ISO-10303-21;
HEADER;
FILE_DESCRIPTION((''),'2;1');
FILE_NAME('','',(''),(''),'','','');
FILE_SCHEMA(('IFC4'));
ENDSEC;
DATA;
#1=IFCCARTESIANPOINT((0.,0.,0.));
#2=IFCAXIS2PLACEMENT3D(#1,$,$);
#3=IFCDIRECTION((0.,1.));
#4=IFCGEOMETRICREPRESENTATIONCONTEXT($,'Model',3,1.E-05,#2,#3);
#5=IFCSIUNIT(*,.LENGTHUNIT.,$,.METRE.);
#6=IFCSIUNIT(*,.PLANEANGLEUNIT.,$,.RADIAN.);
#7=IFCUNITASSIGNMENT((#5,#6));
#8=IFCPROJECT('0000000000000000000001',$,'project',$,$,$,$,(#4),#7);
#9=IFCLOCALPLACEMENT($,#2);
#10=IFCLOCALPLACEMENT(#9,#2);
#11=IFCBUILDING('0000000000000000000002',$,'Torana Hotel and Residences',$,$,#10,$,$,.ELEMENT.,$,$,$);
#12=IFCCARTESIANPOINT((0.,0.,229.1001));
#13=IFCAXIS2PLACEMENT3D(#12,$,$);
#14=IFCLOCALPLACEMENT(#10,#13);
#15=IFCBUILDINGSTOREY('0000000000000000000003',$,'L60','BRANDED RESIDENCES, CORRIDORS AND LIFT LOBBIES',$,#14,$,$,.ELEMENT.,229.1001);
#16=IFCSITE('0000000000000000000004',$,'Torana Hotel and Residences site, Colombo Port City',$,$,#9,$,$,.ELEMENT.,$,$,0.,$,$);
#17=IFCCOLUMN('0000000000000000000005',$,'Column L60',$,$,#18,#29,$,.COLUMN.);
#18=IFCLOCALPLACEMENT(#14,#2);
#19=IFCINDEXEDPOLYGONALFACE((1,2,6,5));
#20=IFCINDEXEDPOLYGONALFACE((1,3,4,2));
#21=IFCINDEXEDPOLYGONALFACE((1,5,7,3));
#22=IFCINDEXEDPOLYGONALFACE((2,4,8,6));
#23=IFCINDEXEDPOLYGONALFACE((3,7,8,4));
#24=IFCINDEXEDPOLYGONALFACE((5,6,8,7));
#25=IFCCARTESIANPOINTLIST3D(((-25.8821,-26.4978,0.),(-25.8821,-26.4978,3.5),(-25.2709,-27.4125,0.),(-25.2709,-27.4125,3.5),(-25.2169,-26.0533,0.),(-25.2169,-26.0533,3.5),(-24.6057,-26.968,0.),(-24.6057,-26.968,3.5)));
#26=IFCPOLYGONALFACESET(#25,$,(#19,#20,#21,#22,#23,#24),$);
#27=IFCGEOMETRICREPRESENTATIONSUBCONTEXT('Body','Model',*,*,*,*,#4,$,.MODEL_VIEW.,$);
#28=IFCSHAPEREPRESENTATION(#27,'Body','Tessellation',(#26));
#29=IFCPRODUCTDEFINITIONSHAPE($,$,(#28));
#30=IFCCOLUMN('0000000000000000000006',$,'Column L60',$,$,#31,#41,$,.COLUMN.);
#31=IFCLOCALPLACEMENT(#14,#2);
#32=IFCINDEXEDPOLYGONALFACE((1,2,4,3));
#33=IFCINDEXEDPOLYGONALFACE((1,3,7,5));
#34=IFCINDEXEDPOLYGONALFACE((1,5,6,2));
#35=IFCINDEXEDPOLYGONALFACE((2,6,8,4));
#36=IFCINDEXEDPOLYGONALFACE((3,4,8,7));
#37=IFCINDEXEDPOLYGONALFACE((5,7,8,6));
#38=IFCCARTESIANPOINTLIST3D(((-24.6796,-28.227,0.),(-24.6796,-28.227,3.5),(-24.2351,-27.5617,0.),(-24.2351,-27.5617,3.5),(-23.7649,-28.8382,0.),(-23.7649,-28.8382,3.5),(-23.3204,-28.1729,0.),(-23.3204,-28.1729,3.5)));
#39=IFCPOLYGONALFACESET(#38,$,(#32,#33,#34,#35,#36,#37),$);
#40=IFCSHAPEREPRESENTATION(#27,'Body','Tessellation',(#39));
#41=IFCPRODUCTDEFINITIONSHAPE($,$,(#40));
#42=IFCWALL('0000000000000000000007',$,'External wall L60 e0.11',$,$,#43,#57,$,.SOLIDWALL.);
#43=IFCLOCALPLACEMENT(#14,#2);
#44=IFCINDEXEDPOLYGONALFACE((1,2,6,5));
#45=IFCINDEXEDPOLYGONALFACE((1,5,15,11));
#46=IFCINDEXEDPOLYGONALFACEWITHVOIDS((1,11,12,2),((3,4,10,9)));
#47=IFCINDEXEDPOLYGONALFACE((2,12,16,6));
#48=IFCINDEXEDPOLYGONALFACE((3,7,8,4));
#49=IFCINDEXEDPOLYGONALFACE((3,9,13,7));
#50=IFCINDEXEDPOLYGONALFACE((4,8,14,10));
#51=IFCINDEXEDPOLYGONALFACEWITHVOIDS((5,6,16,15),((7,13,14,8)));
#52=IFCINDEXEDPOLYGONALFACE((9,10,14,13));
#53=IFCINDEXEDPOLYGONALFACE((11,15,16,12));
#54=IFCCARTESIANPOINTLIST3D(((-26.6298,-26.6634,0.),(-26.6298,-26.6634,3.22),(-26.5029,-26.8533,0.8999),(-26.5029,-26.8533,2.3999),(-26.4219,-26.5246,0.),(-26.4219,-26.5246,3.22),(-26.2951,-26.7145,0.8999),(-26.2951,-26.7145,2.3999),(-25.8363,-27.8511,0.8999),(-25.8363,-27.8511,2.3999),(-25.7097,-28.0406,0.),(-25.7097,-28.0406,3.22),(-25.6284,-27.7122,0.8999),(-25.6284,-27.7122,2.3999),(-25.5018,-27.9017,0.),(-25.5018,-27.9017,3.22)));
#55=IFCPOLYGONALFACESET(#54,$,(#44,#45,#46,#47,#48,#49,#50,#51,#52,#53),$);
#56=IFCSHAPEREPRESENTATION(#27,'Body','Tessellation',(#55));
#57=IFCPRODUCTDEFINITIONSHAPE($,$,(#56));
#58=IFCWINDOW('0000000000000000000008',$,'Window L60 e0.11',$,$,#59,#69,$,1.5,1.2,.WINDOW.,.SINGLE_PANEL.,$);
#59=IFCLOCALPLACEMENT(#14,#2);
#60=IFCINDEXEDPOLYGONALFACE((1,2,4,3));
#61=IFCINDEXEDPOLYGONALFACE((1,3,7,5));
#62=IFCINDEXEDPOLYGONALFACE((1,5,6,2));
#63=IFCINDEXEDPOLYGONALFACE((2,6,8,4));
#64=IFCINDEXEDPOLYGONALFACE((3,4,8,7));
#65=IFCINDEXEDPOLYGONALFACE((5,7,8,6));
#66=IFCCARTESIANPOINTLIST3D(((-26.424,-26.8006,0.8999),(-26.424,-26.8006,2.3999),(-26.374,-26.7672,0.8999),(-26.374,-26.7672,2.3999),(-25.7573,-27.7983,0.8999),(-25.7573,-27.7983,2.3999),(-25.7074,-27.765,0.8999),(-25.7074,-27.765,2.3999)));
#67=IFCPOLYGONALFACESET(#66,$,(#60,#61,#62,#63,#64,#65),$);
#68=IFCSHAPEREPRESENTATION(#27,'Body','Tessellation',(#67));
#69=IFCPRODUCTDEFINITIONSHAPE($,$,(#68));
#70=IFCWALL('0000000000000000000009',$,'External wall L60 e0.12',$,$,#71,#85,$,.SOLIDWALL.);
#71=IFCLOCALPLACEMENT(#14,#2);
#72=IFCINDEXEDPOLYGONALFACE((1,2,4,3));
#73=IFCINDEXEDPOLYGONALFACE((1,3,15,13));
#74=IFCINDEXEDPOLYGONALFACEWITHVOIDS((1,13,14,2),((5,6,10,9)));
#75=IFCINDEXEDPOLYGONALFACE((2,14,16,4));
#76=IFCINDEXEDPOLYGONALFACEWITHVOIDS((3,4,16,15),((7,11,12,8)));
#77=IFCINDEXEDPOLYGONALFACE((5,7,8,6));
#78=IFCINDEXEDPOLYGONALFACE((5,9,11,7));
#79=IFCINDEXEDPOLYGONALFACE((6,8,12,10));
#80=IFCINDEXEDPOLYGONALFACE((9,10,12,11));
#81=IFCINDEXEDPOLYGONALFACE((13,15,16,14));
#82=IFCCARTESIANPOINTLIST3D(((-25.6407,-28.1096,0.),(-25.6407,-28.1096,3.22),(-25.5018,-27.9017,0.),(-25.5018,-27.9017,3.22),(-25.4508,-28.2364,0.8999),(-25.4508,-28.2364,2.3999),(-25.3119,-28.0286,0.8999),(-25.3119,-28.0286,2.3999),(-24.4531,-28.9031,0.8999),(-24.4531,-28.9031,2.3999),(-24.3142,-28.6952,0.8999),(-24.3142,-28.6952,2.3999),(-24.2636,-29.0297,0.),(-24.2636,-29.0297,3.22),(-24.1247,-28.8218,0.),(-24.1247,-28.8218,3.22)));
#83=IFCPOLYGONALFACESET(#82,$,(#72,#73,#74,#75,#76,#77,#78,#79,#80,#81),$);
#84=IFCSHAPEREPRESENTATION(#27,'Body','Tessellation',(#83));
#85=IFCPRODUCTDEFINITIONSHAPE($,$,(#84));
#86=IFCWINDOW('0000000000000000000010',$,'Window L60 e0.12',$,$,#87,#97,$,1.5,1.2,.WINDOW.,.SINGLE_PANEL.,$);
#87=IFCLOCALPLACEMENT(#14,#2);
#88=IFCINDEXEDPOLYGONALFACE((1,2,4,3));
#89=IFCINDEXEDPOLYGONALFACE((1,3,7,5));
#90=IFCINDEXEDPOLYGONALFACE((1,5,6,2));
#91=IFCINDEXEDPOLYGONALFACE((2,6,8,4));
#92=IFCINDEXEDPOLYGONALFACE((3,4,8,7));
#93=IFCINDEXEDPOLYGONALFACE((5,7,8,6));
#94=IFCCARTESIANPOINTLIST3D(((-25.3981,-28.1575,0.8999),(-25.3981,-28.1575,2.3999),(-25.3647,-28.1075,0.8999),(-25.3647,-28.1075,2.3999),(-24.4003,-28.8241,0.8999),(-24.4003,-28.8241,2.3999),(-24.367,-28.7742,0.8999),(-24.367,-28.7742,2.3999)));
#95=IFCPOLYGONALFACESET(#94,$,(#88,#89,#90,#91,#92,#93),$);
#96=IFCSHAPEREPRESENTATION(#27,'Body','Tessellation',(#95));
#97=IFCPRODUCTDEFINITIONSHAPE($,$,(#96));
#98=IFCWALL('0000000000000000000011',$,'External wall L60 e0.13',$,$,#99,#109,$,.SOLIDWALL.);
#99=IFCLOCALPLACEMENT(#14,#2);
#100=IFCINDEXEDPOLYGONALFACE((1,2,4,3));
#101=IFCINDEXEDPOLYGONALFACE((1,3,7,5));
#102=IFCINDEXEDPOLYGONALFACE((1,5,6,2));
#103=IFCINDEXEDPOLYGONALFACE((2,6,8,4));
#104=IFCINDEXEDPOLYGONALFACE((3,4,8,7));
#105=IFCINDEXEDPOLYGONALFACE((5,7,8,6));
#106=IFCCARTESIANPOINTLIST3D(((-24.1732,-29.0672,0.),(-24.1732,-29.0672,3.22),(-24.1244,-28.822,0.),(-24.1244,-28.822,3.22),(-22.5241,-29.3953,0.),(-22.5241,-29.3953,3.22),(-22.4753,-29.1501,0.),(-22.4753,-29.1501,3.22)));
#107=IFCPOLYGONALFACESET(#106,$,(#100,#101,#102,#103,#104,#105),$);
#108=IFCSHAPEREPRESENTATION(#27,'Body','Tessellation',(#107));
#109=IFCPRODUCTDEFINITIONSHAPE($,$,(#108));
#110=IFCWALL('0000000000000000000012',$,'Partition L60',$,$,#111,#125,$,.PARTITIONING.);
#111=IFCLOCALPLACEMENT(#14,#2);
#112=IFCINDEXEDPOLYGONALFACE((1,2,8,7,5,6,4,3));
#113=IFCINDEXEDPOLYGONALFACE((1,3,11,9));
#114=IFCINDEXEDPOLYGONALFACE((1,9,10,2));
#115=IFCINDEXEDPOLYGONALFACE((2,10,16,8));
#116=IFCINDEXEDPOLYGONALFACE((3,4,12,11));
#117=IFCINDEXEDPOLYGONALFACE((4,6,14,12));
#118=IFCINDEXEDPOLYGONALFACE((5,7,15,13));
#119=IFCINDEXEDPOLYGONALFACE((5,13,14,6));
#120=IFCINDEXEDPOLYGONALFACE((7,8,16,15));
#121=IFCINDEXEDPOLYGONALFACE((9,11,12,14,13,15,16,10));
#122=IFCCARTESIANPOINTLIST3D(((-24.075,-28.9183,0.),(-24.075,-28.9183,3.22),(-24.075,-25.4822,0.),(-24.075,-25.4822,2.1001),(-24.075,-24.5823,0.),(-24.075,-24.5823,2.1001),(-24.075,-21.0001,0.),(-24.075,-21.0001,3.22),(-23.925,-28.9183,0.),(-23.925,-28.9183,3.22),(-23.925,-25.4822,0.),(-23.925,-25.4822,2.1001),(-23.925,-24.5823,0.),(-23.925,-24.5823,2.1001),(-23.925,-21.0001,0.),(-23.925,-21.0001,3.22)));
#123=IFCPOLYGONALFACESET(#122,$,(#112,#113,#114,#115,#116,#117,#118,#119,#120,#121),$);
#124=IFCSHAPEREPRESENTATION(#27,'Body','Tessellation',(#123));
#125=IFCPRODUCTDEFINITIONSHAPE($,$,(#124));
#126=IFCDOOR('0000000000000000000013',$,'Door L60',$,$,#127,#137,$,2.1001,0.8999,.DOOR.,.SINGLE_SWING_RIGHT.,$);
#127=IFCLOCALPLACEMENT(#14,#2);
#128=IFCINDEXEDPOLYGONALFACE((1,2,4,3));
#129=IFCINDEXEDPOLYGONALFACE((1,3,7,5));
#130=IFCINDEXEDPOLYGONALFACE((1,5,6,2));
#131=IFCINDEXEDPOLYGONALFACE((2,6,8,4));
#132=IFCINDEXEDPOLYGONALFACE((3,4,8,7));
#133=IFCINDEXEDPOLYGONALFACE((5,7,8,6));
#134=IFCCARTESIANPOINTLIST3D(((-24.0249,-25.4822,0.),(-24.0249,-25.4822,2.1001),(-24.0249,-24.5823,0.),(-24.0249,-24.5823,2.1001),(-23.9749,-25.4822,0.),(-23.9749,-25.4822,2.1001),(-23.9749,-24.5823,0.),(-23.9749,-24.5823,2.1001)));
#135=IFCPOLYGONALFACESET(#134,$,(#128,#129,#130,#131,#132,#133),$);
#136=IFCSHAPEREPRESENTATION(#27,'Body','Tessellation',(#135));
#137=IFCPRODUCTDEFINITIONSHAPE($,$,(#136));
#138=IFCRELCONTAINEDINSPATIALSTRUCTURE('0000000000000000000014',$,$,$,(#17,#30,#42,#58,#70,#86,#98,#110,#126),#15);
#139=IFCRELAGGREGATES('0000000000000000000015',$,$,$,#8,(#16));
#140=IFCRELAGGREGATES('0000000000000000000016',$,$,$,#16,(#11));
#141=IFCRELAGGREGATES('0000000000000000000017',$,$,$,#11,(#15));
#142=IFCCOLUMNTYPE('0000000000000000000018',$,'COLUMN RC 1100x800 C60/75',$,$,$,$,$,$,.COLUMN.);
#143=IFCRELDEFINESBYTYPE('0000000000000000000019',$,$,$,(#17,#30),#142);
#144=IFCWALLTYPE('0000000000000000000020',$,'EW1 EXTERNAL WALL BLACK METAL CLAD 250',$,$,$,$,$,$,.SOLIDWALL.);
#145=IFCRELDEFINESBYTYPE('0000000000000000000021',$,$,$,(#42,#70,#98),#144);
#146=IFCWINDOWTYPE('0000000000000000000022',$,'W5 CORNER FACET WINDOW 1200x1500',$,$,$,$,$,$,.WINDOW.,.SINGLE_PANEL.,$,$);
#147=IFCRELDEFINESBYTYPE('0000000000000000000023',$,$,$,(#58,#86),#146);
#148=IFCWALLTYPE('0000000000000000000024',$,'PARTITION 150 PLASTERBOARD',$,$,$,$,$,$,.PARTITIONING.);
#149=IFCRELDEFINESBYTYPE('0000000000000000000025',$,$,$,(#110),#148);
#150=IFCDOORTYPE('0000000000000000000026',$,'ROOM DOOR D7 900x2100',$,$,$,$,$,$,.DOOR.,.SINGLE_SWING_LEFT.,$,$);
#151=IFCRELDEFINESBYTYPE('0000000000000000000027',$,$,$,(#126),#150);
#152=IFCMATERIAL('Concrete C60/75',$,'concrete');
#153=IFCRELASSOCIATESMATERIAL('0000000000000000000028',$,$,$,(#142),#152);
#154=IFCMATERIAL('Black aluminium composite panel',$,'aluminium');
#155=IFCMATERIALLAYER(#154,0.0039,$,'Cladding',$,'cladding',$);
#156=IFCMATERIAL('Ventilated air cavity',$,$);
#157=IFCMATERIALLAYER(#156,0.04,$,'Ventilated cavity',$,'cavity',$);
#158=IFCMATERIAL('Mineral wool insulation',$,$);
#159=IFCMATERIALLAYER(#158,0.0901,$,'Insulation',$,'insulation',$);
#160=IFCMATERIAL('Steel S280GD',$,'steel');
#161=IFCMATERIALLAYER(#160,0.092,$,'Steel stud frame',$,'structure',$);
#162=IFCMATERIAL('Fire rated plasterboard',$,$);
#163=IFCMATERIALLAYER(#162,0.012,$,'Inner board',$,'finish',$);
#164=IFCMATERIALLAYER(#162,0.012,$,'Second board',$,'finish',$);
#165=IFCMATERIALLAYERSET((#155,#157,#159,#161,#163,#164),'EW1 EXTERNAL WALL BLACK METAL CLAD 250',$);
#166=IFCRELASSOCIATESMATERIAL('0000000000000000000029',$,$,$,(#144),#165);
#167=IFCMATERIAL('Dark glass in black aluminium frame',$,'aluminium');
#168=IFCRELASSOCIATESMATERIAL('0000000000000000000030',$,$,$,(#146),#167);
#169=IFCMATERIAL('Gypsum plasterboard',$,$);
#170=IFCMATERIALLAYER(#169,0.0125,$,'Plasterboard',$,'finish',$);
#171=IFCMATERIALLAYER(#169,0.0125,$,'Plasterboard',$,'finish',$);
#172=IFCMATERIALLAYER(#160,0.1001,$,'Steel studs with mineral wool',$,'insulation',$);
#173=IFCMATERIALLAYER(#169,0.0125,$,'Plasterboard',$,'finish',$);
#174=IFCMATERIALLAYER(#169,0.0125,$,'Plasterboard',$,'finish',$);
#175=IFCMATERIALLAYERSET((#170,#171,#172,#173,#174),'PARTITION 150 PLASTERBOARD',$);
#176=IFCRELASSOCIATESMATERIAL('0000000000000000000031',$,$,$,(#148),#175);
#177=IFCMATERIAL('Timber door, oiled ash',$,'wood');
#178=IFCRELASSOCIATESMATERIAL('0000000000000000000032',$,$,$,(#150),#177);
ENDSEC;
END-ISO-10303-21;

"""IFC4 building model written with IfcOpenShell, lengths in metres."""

from ifc_helpers import new_model, si_unit, direction, frame, frame_2d, origin, origin_2d, place, context, subcontext, project, spatial, rectangle, extrude, material, layer, layer_set, material_profile, profile_set, type_object, element, fill, save


model = new_model("IFC4")

# Units and contexts
model_context = context("Model", 3, precision=1e-05, world=origin(), true_north=direction((0.0, 1.0)))
body_context = subcontext(model_context, "Body", "Model", "MODEL_VIEW")
ifc_project = project(units=[si_unit("LENGTHUNIT", "METRE"), si_unit("PLANEANGLEUNIT", "RADIAN")], contexts=[model_context])

# Site, building, storey
site_placement = place(None, origin())
site = spatial("IfcSite", under=ifc_project, at=site_placement, Name="Torana Hotel and Residences site, Colombo Port City", CompositionType="ELEMENT", RefElevation=0.0)
building_placement = place(site_placement, origin())
building = spatial("IfcBuilding", under=site, at=building_placement, Name="Torana Hotel and Residences", CompositionType="ELEMENT")
storey_placement = place(building_placement, frame((0.0, 0.0, 229.1001)))
storey = spatial("IfcBuildingStorey", under=building, at=storey_placement, Name="L60", Description="BRANDED RESIDENCES, CORRIDORS AND LIFT LOBBIES", CompositionType="ELEMENT", Elevation=229.1001)

# Columns
ifc_material_1 = material(Name="Concrete C60/75", Category="concrete")
ifc_material_profile = material_profile(ifc_material_1, rectangle(XDim=1.1001, YDim=0.8, at=origin_2d()), Name="RC 1100x800")
ifc_profile_set = profile_set([ifc_material_profile], Name="Concrete C60/75")
column_type = type_object("IfcColumnType", Name="COLUMN RC 1100x800 C60/75", PredefinedType="COLUMN", material=ifc_profile_set)
for number, where, z_axis, x_axis, name in (
    (1, (-25.2439, -26.7329, 0.0), (0.0, 0.0, 1.0), (-0.555585, 0.83146, 0.0), "Column L60"),
    (2, (-24.0, -28.2, 0.0), (0.0, 0.0, 1.0), (-0.83146, 0.555585, 0.0), "Column L60"),
):
    element("IfcColumn", number, at=place(storey_placement, frame(where, z_axis=z_axis, x_axis=x_axis)), inside=storey, type_object=column_type, Name=name, PredefinedType="COLUMN", context=body_context, shape_type="SweptSolid", body=[
        extrude(rectangle(XDim=1.1001, YDim=0.8, at=origin_2d()), origin(), (0.0, 0.0, 1.0), 3.5),
    ])

# Walls, openings, windows
ifc_material_2 = material(Name="Black aluminium composite panel", Category="aluminium")
ifc_layer_1 = layer(ifc_material_2, 0.0039, Name="Cladding", Category="cladding")
ifc_material_3 = material(Name="Ventilated air cavity")
ifc_layer_2 = layer(ifc_material_3, 0.04, Name="Ventilated cavity", Category="cavity")
ifc_material_4 = material(Name="Mineral wool insulation")
ifc_layer_3 = layer(ifc_material_4, 0.0901, Name="Insulation", Category="insulation")
ifc_material_5 = material(Name="Steel S280GD", Category="steel")
ifc_layer_4 = layer(ifc_material_5, 0.092, Name="Steel stud frame", Category="structure")
ifc_material_6 = material(Name="Fire rated plasterboard")
ifc_layer_5 = layer(ifc_material_6, 0.012, Name="Inner board", Category="finish")
ifc_layer_6 = layer(ifc_material_6, 0.012, Name="Second board", Category="finish")
ifc_layer_set_1 = layer_set([ifc_layer_1, ifc_layer_2, ifc_layer_3, ifc_layer_4, ifc_layer_5, ifc_layer_6], Name="EW1 EXTERNAL WALL BLACK METAL CLAD 250")
wall_type_1 = type_object("IfcWallType", Name="EW1 EXTERNAL WALL BLACK METAL CLAD 250", PredefinedType="SOLIDWALL", material=ifc_layer_set_1)
wall_1_placement = place(storey_placement, frame((-26.5259, -26.594, 0.0), z_axis=(0.0, 0.0, 1.0), x_axis=(0.55555, -0.831483, 0.0)))
wall_1 = element("IfcWall", 3, at=wall_1_placement, inside=storey, type_object=wall_type_1, Name="External wall L60 e0.11", PredefinedType="SOLIDWALL", context=body_context, shape_type="SweptSolid", body=[
    extrude(rectangle(XDim=1.6562, YDim=0.25, at=frame_2d((0.8281, 0.0))), origin(), (0.0, 0.0, 1.0), 3.22),
])
opening_1_placement = place(wall_1_placement, frame((0.2283, 0.0, 0.8999)))
opening_1 = element("IfcOpeningElement", 4, at=opening_1_placement, cuts=wall_1, PredefinedType="OPENING", context=body_context, shape_type="SweptSolid", body=[
    extrude(rectangle(XDim=1.2, YDim=1.5, at=frame_2d((0.6001, 0.75))), frame((0.0, 0.135, 0.0), z_axis=(0.0, -1.0, 0.0), x_axis=(1.0, 0.0, 0.0)), (0.0, 0.0, 1.0), 0.27),
])
ifc_material_7 = material(Name="Dark glass in black aluminium frame", Category="aluminium")
window_type_1 = type_object("IfcWindowType", Name="W5 CORNER FACET WINDOW 1200x1500", PartitioningType="SINGLE_PANEL", PredefinedType="WINDOW", material=ifc_material_7)
window_1_placement = place(opening_1_placement, origin())
window_1 = element("IfcWindow", 5, at=window_1_placement, inside=storey, type_object=window_type_1, Name="Window L60 e0.11", OverallHeight=1.5, OverallWidth=1.2, PartitioningType="SINGLE_PANEL", PredefinedType="WINDOW", context=body_context, shape_type="SweptSolid", body=[
    extrude(rectangle(XDim=1.2, YDim=1.5, at=frame_2d((0.6001, 0.75))), frame((0.0, 0.03, 0.0), z_axis=(0.0, -1.0, 0.0), x_axis=(1.0, 0.0, 0.0)), (0.0, 0.0, 1.0), 0.0601),
])
fill(opening_1, window_1)
wall_2_placement = place(storey_placement, frame((-25.5713, -28.0056, 0.0), z_axis=(0.0, 0.0, 1.0), x_axis=(0.831483, -0.55555, 0.0)))
wall_2 = element("IfcWall", 6, at=wall_2_placement, inside=storey, type_object=wall_type_1, Name="External wall L60 e0.12", PredefinedType="SOLIDWALL", context=body_context, shape_type="SweptSolid", body=[
    extrude(rectangle(XDim=1.6562, YDim=0.25, at=frame_2d((0.8281, 0.0))), origin(), (0.0, 0.0, 1.0), 3.22),
])
opening_2_placement = place(wall_2_placement, frame((0.2283, 0.0, 0.8999)))
opening_2 = element("IfcOpeningElement", 7, at=opening_2_placement, cuts=wall_2, PredefinedType="OPENING", context=body_context, shape_type="SweptSolid", body=[
    extrude(rectangle(XDim=1.2, YDim=1.5, at=frame_2d((0.6001, 0.75))), frame((0.0, 0.135, 0.0), z_axis=(0.0, -1.0, 0.0), x_axis=(1.0, 0.0, 0.0)), (0.0, 0.0, 1.0), 0.27),
])
window_2_placement = place(opening_2_placement, origin())
window_2 = element("IfcWindow", 8, at=window_2_placement, inside=storey, type_object=window_type_1, Name="Window L60 e0.12", OverallHeight=1.5, OverallWidth=1.2, PartitioningType="SINGLE_PANEL", PredefinedType="WINDOW", context=body_context, shape_type="SweptSolid", body=[
    extrude(rectangle(XDim=1.2, YDim=1.5, at=frame_2d((0.6001, 0.75))), frame((0.0, 0.03, 0.0), z_axis=(0.0, -1.0, 0.0), x_axis=(1.0, 0.0, 0.0)), (0.0, 0.0, 1.0), 0.0601),
])
fill(opening_2, window_2)

# Wall
wall_3_placement = place(storey_placement, frame((-24.1489, -28.9446, 0.0), z_axis=(0.0, 0.0, 1.0), x_axis=(0.980776, -0.195139, 0.0)))
element("IfcWall", 9, at=wall_3_placement, inside=storey, type_object=wall_type_1, Name="External wall L60 e0.13", PredefinedType="SOLIDWALL", context=body_context, shape_type="SweptSolid", body=[
    extrude(rectangle(XDim=1.6814, YDim=0.25, at=frame_2d((0.8408, 0.0))), origin(), (0.0, 0.0, 1.0), 3.22),
])

# Wall, opening, door
ifc_material_8 = material(Name="Gypsum plasterboard")
ifc_layer_7 = layer(ifc_material_8, 0.0125, Name="Plasterboard", Category="finish")
ifc_layer_8 = layer(ifc_material_8, 0.0125, Name="Plasterboard", Category="finish")
ifc_layer_9 = layer(ifc_material_5, 0.1001, Name="Steel studs with mineral wool", Category="insulation")
ifc_layer_10 = layer(ifc_material_8, 0.0125, Name="Plasterboard", Category="finish")
ifc_layer_11 = layer(ifc_material_8, 0.0125, Name="Plasterboard", Category="finish")
ifc_layer_set_2 = layer_set([ifc_layer_7, ifc_layer_8, ifc_layer_9, ifc_layer_10, ifc_layer_11], Name="PARTITION 150 PLASTERBOARD")
wall_type_2 = type_object("IfcWallType", Name="PARTITION 150 PLASTERBOARD", PredefinedType="PARTITIONING", material=ifc_layer_set_2)
wall_4_placement = place(storey_placement, frame((-24.0, -28.9182, 0.0), z_axis=(0.0, 0.0, 1.0), x_axis=(0.0, 1.0, 0.0)))
wall_4 = element("IfcWall", 10, at=wall_4_placement, inside=storey, type_object=wall_type_2, Name="Partition L60", PredefinedType="PARTITIONING", context=body_context, shape_type="SweptSolid", body=[
    extrude(rectangle(XDim=7.9182, YDim=0.1499, at=frame_2d((3.959, 0.0))), origin(), (0.0, 0.0, 1.0), 3.22),
])
opening_3_placement = place(wall_4_placement, frame((3.436, 0.0, 0.0)))
opening_3 = element("IfcOpeningElement", 11, at=opening_3_placement, cuts=wall_4, PredefinedType="OPENING", context=body_context, shape_type="SweptSolid", body=[
    extrude(rectangle(XDim=0.8999, YDim=2.1001, at=frame_2d((0.45, 1.05))), frame((0.0, 0.085, 0.0), z_axis=(0.0, -1.0, 0.0), x_axis=(1.0, 0.0, 0.0)), (0.0, 0.0, 1.0), 0.1699),
])
ifc_material_9 = material(Name="Timber door, oiled ash", Category="wood")
door_type_1 = type_object("IfcDoorType", Name="ROOM DOOR D7 900x2100", OperationType="SINGLE_SWING_LEFT", PredefinedType="DOOR", material=ifc_material_9)
door_1_placement = place(opening_3_placement, origin())
door_1 = element("IfcDoor", 12, at=door_1_placement, inside=storey, type_object=door_type_1, Name="Door L60", OperationType="SINGLE_SWING_RIGHT", OverallHeight=2.1001, OverallWidth=0.8999, PredefinedType="DOOR", context=body_context, shape_type="SweptSolid", body=[
    extrude(rectangle(XDim=0.8999, YDim=2.1001, at=frame_2d((0.45, 1.05))), frame((0.0, 0.0249, 0.0), z_axis=(0.0, -1.0, 0.0), x_axis=(1.0, 0.0, 0.0)), (0.0, 0.0, 1.0), 0.05),
])
fill(opening_3, door_1)

save(model, "model.ifc")
